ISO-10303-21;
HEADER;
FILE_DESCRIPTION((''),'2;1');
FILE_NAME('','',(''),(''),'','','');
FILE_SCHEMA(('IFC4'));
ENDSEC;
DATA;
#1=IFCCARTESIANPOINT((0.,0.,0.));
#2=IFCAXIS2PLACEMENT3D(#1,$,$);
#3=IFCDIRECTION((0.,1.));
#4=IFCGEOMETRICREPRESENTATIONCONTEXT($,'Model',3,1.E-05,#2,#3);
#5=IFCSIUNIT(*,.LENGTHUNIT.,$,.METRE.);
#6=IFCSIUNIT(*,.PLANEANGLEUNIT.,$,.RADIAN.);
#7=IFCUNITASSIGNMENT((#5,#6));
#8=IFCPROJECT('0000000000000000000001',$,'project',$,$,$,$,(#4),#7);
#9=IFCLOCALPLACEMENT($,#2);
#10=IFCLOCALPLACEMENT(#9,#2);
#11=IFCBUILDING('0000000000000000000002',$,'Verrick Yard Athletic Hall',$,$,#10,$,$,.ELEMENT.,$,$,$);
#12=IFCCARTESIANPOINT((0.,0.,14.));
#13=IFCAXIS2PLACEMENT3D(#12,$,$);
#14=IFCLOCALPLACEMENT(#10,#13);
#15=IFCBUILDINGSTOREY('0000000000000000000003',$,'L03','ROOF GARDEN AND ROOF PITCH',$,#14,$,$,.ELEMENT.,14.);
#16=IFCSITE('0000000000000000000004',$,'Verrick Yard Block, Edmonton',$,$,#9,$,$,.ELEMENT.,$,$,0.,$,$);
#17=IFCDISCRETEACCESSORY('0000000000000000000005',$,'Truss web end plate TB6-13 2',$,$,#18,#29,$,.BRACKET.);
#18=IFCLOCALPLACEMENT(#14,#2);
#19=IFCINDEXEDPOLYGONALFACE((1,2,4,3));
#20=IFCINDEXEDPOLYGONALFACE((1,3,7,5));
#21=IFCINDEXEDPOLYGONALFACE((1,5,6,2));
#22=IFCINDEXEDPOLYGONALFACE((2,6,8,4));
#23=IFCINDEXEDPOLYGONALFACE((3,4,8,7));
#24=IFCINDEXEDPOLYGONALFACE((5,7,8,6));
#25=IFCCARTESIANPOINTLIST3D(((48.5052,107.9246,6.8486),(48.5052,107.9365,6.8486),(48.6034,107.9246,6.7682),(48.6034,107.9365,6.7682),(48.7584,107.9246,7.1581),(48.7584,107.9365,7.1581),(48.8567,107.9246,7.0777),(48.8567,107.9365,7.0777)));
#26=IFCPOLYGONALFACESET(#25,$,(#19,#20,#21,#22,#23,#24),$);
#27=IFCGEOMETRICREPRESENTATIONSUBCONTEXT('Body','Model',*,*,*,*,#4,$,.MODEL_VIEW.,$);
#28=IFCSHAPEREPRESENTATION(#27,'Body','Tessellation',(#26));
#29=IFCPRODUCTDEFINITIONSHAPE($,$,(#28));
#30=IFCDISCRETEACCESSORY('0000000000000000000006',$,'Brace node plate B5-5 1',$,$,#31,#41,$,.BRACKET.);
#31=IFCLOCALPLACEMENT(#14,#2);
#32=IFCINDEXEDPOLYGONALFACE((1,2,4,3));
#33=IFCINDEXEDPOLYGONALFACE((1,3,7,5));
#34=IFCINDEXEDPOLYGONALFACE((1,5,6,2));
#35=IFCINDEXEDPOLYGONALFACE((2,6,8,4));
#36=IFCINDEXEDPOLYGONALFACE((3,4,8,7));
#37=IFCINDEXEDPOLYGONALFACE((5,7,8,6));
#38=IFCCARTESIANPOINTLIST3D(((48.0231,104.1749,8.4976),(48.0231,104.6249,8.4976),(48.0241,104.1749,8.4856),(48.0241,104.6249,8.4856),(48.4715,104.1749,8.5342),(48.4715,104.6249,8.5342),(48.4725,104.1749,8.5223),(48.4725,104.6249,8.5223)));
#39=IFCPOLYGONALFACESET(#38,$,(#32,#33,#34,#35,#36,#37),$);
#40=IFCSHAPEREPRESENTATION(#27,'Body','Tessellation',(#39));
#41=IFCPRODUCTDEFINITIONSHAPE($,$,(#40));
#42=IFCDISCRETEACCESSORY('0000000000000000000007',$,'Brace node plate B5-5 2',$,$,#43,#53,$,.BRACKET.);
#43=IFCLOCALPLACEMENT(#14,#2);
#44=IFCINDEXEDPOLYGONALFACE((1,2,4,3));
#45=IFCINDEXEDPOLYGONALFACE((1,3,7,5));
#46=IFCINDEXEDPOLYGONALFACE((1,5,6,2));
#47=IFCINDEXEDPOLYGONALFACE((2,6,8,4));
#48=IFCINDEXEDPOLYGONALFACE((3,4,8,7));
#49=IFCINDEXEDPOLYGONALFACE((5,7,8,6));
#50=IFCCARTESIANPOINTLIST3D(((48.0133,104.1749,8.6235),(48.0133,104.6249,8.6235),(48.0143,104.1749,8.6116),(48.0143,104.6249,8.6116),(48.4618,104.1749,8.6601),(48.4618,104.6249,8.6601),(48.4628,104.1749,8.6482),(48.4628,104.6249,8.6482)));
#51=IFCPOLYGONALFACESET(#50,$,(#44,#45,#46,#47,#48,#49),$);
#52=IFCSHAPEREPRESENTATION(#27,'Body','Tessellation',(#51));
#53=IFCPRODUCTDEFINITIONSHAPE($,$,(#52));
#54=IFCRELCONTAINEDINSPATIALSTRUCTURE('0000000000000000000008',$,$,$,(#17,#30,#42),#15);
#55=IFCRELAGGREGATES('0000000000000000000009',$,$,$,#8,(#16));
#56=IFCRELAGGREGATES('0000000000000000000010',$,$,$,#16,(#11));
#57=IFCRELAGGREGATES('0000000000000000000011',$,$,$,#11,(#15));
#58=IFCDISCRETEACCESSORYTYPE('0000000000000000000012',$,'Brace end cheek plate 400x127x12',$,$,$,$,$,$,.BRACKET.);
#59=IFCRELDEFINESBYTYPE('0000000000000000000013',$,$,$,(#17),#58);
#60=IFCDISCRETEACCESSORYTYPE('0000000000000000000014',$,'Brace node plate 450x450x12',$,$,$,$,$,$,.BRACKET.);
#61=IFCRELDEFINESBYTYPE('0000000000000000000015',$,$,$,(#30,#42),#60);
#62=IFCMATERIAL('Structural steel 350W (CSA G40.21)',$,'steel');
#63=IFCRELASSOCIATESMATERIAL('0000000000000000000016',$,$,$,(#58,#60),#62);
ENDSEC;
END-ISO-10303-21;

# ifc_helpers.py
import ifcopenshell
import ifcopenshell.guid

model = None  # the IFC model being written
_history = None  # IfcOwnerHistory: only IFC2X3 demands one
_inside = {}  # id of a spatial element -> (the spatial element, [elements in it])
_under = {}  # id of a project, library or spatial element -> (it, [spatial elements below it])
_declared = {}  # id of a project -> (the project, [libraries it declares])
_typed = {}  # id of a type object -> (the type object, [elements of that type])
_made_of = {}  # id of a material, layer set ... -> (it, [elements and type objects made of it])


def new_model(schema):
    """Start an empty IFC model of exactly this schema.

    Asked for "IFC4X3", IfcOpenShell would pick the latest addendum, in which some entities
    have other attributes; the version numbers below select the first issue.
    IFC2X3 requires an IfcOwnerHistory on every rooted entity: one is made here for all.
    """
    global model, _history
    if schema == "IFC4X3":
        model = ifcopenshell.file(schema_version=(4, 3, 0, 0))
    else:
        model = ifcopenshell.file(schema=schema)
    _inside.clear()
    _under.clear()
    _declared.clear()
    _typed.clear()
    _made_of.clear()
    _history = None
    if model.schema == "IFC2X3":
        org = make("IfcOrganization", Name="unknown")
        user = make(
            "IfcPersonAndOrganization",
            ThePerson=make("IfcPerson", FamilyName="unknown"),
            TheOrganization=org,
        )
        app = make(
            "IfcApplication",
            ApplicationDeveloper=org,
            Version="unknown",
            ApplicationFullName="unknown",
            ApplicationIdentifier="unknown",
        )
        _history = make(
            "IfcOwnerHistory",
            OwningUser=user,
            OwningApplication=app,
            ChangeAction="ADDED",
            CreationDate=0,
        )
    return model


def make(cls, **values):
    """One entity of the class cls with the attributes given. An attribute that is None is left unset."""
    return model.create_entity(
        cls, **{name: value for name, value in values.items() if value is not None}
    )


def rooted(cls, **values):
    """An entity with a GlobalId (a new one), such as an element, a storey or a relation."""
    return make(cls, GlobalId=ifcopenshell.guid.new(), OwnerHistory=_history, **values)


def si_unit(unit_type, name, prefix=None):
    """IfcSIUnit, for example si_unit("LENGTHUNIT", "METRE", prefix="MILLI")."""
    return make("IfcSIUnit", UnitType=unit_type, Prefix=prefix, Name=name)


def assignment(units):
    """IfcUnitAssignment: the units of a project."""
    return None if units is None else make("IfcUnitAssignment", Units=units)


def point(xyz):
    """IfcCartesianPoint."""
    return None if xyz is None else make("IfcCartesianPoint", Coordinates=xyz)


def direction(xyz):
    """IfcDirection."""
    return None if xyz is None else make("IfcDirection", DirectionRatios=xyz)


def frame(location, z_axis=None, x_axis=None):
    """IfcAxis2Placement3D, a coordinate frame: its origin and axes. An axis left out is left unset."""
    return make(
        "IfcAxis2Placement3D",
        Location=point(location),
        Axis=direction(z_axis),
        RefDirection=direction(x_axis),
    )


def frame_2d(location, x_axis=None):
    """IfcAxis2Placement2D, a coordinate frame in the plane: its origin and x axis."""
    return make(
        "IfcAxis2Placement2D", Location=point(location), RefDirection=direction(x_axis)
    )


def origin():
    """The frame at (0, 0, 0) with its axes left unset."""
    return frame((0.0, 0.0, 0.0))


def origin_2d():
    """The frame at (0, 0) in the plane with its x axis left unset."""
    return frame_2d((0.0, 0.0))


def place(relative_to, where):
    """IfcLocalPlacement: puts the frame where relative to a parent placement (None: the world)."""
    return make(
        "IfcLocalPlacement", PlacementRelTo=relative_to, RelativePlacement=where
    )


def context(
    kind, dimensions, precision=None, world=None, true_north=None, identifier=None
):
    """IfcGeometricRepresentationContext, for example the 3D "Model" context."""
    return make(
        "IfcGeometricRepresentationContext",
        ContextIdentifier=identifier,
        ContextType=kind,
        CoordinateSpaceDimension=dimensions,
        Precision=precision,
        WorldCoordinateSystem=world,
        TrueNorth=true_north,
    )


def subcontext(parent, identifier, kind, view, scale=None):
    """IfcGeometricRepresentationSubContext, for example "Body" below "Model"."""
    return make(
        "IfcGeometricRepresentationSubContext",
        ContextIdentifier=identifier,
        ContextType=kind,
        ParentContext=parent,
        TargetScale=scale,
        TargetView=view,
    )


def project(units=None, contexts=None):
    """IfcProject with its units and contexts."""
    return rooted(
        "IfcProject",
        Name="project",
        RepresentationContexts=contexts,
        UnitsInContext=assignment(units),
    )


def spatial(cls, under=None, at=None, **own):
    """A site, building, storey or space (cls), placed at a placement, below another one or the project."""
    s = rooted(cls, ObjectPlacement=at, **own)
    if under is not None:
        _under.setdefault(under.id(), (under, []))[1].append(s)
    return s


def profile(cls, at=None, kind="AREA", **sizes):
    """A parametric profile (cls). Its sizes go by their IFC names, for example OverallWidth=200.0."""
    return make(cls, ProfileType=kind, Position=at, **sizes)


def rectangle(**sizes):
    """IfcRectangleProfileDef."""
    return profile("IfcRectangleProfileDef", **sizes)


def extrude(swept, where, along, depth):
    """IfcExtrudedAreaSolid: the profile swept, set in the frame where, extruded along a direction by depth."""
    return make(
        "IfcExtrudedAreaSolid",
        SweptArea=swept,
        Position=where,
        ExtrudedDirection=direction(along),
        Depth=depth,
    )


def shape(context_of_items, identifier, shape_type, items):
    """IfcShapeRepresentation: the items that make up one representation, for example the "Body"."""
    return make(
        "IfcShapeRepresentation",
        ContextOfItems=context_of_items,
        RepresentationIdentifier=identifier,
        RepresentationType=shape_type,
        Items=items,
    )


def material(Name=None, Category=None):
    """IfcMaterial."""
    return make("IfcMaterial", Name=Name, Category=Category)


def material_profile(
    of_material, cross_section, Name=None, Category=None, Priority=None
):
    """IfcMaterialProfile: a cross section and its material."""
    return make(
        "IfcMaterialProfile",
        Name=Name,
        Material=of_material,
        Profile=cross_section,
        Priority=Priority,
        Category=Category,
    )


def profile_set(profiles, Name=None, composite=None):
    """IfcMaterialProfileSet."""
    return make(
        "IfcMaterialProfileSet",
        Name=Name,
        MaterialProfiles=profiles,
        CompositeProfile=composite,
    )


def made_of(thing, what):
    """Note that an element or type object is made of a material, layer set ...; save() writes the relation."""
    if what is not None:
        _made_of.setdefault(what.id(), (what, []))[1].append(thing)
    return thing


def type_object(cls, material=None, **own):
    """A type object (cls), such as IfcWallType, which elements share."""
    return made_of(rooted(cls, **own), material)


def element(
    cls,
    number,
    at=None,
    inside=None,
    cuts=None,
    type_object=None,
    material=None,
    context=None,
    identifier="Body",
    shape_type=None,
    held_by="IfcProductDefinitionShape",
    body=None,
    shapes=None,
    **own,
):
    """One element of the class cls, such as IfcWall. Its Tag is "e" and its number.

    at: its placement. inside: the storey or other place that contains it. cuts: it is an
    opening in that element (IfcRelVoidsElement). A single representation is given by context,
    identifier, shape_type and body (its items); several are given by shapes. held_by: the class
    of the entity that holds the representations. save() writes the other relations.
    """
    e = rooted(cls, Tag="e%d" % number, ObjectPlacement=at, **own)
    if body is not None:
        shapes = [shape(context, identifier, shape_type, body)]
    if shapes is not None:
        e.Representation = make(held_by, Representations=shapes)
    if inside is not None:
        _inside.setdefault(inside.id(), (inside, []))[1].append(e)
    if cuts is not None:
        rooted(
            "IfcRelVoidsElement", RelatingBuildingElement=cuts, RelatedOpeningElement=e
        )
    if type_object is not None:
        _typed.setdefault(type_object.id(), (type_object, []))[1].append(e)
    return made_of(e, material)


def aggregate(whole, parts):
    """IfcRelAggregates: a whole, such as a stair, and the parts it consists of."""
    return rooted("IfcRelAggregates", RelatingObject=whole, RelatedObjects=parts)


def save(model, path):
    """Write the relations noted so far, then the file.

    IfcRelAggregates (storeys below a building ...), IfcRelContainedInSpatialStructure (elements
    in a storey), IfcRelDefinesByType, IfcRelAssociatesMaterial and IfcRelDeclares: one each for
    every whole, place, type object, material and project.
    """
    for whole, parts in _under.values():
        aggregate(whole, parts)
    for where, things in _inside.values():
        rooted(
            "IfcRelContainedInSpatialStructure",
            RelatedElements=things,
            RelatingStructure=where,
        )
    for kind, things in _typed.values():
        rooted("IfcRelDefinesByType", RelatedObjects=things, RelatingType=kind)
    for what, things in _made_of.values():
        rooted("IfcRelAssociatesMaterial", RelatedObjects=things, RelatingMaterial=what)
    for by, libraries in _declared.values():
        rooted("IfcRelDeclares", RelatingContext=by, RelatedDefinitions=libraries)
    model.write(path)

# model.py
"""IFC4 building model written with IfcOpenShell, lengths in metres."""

from ifc_helpers import new_model, si_unit, direction, frame, origin, origin_2d, place, context, subcontext, project, spatial, rectangle, extrude, material, material_profile, profile_set, type_object, element, save


model = new_model("IFC4")

# Units and contexts
model_context = context("Model", 3, precision=1e-05, world=origin(), true_north=direction((0.0, 1.0)))
body_context = subcontext(model_context, "Body", "Model", "MODEL_VIEW")
ifc_project = project(units=[si_unit("LENGTHUNIT", "METRE"), si_unit("PLANEANGLEUNIT", "RADIAN")], contexts=[model_context])

# Site, building, storey
site_placement = place(None, origin())
site = spatial("IfcSite", under=ifc_project, at=site_placement, Name="Verrick Yard Block, Edmonton", CompositionType="ELEMENT", RefElevation=0.0)
building_placement = place(site_placement, origin())
building = spatial("IfcBuilding", under=site, at=building_placement, Name="Verrick Yard Athletic Hall", CompositionType="ELEMENT")
storey_placement = place(building_placement, frame((0.0, 0.0, 14.0)))
storey = spatial("IfcBuildingStorey", under=building, at=storey_placement, Name="L03", Description="ROOF GARDEN AND ROOF PITCH", CompositionType="ELEMENT", Elevation=14.0)

# Discrete accessories
ifc_material_1 = material(Name="Structural steel 350W (CSA G40.21)", Category="steel")
ifc_material_profile_1 = material_profile(ifc_material_1, rectangle(XDim=0.3999, YDim=0.127, at=origin_2d()), Name="Brace end cheek plate")
ifc_profile_set_1 = profile_set([ifc_material_profile_1], Name="Structural steel 350W (CSA G40.21)")
discrete_accessory_type_1 = type_object("IfcDiscreteAccessoryType", Name="Brace end cheek plate 400x127x12", PredefinedType="BRACKET", material=ifc_profile_set_1)
for number, where, z_axis, x_axis, name in (
    (1, (48.6809, 107.9365, 6.9631), (0.0, -1.0, 0.0), (0.633246, 0.0, 0.773951), "Truss web end plate TB6-13 2"),
):
    element("IfcDiscreteAccessory", number, at=place(storey_placement, frame(where, z_axis=z_axis, x_axis=x_axis)), inside=storey, type_object=discrete_accessory_type_1, Name=name, PredefinedType="BRACKET", context=body_context, shape_type="SweptSolid", body=[
        extrude(rectangle(XDim=0.3999, YDim=0.127, at=origin_2d()), origin(), (0.0, 0.0, 1.0), 0.012),
    ])
ifc_material_profile_2 = material_profile(ifc_material_1, rectangle(XDim=0.45, YDim=0.45, at=origin_2d()), Name="Brace node plate")
ifc_profile_set_2 = profile_set([ifc_material_profile_2], Name="Structural steel 350W (CSA G40.21)")
discrete_accessory_type_2 = type_object("IfcDiscreteAccessoryType", Name="Brace node plate 450x450x12", PredefinedType="BRACKET", material=ifc_profile_set_2)
for number, where, z_axis, x_axis, name in (
    (2, (48.2473, 104.3999, 8.5159), (0.081362, 0.0, -0.996685), (0.0, 1.0, 0.0), "Brace node plate B5-5 1"),
    (3, (48.2385, 104.3999, 8.6299), (-0.081362, 0.0, 0.996685), (0.0, -1.0, 0.0), "Brace node plate B5-5 2"),
):
    element("IfcDiscreteAccessory", number, at=place(storey_placement, frame(where, z_axis=z_axis, x_axis=x_axis)), inside=storey, type_object=discrete_accessory_type_2, Name=name, PredefinedType="BRACKET", context=body_context, shape_type="SweptSolid", body=[
        extrude(rectangle(XDim=0.45, YDim=0.45, at=origin_2d()), origin(), (0.0, 0.0, 1.0), 0.012),
    ])

save(model, "model.ifc")
